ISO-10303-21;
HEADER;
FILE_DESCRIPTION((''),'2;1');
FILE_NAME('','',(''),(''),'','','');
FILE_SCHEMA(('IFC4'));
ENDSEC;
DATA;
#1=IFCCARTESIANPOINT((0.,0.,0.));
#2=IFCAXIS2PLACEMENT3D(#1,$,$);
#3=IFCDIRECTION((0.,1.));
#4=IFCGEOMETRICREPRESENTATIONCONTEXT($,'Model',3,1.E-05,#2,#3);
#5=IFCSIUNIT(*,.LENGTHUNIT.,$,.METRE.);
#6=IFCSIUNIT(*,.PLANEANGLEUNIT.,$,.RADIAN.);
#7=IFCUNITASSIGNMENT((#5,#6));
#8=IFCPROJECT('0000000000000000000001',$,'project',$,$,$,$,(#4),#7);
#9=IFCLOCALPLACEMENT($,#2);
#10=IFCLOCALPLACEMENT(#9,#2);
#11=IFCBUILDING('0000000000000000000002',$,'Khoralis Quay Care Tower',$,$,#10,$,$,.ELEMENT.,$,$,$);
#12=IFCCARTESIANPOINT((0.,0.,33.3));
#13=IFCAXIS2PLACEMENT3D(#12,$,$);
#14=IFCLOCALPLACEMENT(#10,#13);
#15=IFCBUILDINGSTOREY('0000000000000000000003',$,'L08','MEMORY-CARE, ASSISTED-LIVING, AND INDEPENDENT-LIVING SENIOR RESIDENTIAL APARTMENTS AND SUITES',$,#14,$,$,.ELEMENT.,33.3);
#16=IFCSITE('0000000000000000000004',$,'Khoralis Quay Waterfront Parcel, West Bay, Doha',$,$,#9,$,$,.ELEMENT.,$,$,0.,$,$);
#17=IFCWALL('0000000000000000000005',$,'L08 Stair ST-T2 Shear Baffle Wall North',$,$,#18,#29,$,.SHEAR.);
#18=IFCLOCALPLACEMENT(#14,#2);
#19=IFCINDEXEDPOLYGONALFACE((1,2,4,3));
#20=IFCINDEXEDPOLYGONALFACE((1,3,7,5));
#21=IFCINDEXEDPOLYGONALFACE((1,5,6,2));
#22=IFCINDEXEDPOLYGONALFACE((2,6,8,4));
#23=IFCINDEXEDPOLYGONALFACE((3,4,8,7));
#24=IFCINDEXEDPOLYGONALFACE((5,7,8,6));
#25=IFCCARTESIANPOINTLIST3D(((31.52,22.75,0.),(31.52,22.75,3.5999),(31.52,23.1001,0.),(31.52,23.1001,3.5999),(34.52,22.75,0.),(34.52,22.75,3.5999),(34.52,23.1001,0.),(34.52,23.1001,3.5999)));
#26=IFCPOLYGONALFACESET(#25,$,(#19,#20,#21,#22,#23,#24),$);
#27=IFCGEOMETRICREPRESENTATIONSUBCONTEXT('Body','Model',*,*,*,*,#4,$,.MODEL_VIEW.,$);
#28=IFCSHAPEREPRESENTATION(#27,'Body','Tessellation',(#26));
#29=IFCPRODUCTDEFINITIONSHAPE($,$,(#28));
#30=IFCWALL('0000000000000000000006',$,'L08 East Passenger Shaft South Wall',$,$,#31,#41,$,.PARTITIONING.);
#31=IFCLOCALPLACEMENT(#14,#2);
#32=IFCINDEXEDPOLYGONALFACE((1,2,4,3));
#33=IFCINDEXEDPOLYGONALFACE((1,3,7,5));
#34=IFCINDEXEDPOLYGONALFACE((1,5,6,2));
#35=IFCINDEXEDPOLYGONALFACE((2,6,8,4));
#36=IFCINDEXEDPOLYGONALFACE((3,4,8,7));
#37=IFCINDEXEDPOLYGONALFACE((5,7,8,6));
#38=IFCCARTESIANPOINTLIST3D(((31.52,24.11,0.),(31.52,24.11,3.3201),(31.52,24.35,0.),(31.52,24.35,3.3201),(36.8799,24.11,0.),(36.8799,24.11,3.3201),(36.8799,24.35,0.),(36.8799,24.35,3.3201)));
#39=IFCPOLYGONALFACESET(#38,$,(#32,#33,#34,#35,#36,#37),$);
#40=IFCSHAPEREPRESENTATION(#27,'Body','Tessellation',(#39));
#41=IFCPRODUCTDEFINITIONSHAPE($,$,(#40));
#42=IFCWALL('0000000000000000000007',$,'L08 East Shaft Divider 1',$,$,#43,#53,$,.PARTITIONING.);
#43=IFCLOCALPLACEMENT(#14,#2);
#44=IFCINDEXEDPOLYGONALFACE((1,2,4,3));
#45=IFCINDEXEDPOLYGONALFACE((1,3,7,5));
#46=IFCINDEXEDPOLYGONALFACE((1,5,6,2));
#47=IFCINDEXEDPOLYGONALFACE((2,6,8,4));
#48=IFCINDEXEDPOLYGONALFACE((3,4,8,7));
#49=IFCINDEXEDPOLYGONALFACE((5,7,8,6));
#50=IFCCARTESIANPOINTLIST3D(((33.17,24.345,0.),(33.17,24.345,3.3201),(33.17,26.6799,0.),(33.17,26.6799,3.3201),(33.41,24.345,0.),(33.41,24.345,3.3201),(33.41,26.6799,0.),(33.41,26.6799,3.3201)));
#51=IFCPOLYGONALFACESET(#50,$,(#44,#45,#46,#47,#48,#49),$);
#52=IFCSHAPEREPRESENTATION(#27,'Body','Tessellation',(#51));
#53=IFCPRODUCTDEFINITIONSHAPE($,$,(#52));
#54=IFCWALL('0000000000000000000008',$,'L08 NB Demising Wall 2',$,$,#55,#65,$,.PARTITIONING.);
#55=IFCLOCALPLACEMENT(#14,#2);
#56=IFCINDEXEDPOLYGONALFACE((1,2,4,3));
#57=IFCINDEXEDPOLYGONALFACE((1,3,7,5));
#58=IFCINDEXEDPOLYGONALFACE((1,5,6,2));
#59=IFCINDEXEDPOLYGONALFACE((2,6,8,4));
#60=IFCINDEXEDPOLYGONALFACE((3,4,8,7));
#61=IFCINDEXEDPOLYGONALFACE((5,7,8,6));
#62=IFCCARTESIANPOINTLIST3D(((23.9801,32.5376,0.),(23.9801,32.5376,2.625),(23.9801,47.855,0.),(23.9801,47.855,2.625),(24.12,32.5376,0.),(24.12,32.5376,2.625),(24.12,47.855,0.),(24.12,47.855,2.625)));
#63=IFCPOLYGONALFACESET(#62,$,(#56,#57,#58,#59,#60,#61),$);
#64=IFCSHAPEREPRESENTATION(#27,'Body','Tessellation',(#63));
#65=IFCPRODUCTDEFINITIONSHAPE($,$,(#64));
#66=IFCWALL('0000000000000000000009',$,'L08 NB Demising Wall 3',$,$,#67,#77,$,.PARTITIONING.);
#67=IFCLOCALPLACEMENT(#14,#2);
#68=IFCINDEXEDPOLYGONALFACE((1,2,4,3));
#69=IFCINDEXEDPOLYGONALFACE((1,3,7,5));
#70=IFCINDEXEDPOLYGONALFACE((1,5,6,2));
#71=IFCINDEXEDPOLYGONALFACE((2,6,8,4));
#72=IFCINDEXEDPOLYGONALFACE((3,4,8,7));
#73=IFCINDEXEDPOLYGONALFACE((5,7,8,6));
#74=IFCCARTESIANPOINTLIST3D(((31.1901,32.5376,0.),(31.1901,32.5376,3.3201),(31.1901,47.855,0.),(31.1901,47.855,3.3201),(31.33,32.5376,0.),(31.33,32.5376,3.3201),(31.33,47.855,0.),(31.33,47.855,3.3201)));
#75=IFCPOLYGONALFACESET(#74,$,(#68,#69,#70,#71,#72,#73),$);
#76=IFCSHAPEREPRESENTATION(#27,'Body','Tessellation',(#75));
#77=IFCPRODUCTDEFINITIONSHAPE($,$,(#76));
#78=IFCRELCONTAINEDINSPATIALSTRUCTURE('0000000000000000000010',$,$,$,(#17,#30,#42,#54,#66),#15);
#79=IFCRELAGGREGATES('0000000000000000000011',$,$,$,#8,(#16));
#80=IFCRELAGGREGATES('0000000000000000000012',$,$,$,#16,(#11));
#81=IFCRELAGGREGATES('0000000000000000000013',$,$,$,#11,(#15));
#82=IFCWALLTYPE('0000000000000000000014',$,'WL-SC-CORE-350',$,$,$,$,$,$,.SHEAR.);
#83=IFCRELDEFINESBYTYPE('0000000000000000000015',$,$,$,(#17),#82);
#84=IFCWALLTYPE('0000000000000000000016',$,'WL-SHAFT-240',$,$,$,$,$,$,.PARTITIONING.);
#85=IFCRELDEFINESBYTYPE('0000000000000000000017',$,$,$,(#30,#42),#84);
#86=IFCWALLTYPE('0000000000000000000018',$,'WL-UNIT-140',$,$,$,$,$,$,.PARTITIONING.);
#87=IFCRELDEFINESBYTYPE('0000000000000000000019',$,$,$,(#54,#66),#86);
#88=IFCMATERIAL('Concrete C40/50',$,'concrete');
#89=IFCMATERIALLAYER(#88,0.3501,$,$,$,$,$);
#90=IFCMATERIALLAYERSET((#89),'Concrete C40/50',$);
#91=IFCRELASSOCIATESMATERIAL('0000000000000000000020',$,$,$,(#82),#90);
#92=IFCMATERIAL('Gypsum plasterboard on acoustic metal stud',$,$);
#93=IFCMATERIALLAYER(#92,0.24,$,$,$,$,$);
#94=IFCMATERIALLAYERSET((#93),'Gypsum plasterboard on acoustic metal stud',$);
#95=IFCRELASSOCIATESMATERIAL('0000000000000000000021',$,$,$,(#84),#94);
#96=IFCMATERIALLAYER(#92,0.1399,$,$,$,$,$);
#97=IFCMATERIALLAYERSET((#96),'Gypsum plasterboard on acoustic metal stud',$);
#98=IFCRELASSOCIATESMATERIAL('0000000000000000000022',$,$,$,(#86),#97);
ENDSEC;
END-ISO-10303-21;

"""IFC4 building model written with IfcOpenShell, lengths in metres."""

from ifc_helpers import new_model, si_unit, direction, frame, frame_2d, origin, place, context, subcontext, project, spatial, rectangle, extrude, material, layer, layer_set, type_object, element, save


model = new_model("IFC4")

# Units and contexts
model_context = context("Model", 3, precision=1e-05, world=origin(), true_north=direction((0.0, 1.0)))
body_context = subcontext(model_context, "Body", "Model", "MODEL_VIEW")
ifc_project = project(units=[si_unit("LENGTHUNIT", "METRE"), si_unit("PLANEANGLEUNIT", "RADIAN")], contexts=[model_context])

# Site, building, storey
site_placement = place(None, origin())
site = spatial("IfcSite", under=ifc_project, at=site_placement, Name="Khoralis Quay Waterfront Parcel, West Bay, Doha", CompositionType="ELEMENT", RefElevation=0.0)
building_placement = place(site_placement, origin())
building = spatial("IfcBuilding", under=site, at=building_placement, Name="Khoralis Quay Care Tower", CompositionType="ELEMENT")
storey_placement = place(building_placement, frame((0.0, 0.0, 33.3)))
storey = spatial("IfcBuildingStorey", under=building, at=storey_placement, Name="L08", Description="MEMORY-CARE, ASSISTED-LIVING, AND INDEPENDENT-LIVING SENIOR RESIDENTIAL APARTMENTS AND SUITES", CompositionType="ELEMENT", Elevation=33.3)

# Shared definitions
ifc_material_1 = material(Name="Gypsum plasterboard on acoustic metal stud")

# Walls
ifc_material_2 = material(Name="Concrete C40/50", Category="concrete")
ifc_layer_1 = layer(ifc_material_2, 0.3501)
ifc_layer_set_1 = layer_set([ifc_layer_1], Name="Concrete C40/50")
wall_type_1 = type_object("IfcWallType", Name="WL-SC-CORE-350", PredefinedType="SHEAR", material=ifc_layer_set_1)
wall_1_placement = place(storey_placement, frame((31.52, 22.925, 0.0), z_axis=(0.0, 0.0, 1.0), x_axis=(1.0, 0.0, 0.0)))
element("IfcWall", 1, at=wall_1_placement, inside=storey, type_object=wall_type_1, Name="L08 Stair ST-T2 Shear Baffle Wall North", PredefinedType="SHEAR", context=body_context, shape_type="SweptSolid", body=[
    extrude(rectangle(XDim=3.0, YDim=0.3501, at=frame_2d((1.5, 0.0))), origin(), (0.0, 0.0, 1.0), 3.5999),
])
ifc_layer_2 = layer(ifc_material_1, 0.24)
ifc_layer_set_2 = layer_set([ifc_layer_2], Name="Gypsum plasterboard on acoustic metal stud")
wall_type_2 = type_object("IfcWallType", Name="WL-SHAFT-240", PredefinedType="PARTITIONING", material=ifc_layer_set_2)
wall_2_placement = place(storey_placement, frame((31.52, 24.23, 0.0), z_axis=(0.0, 0.0, 1.0), x_axis=(1.0, 0.0, 0.0)))
element("IfcWall", 2, at=wall_2_placement, inside=storey, type_object=wall_type_2, Name="L08 East Passenger Shaft South Wall", PredefinedType="PARTITIONING", context=body_context, shape_type="SweptSolid", body=[
    extrude(rectangle(XDim=5.3599, YDim=0.24, at=frame_2d((2.6799, 0.0))), origin(), (0.0, 0.0, 1.0), 3.3201),
])
wall_3_placement = place(storey_placement, frame((33.29, 24.345, 0.0), z_axis=(0.0, 0.0, 1.0), x_axis=(0.0, 1.0, 0.0)))
element("IfcWall", 3, at=wall_3_placement, inside=storey, type_object=wall_type_2, Name="L08 East Shaft Divider 1", PredefinedType="PARTITIONING", context=body_context, shape_type="SweptSolid", body=[
    extrude(rectangle(XDim=2.335, YDim=0.24, at=frame_2d((1.1675, 0.0))), origin(), (0.0, 0.0, 1.0), 3.3201),
])
ifc_layer_3 = layer(ifc_material_1, 0.1399)
ifc_layer_set_3 = layer_set([ifc_layer_3], Name="Gypsum plasterboard on acoustic metal stud")
wall_type_3 = type_object("IfcWallType", Name="WL-UNIT-140", PredefinedType="PARTITIONING", material=ifc_layer_set_3)
wall_4_placement = place(storey_placement, frame((24.05, 32.5376, 0.0), z_axis=(0.0, 0.0, 1.0), x_axis=(0.0, 1.0, 0.0)))
element("IfcWall", 4, at=wall_4_placement, inside=storey, type_object=wall_type_3, Name="L08 NB Demising Wall 2", PredefinedType="PARTITIONING", context=body_context, shape_type="SweptSolid", body=[
    extrude(rectangle(XDim=15.3174, YDim=0.1399, at=frame_2d((7.6587, 0.0))), origin(), (0.0, 0.0, 1.0), 2.625),
])
wall_5_placement = place(storey_placement, frame((31.26, 32.5376, 0.0), z_axis=(0.0, 0.0, 1.0), x_axis=(0.0, 1.0, 0.0)))
element("IfcWall", 5, at=wall_5_placement, inside=storey, type_object=wall_type_3, Name="L08 NB Demising Wall 3", PredefinedType="PARTITIONING", context=body_context, shape_type="SweptSolid", body=[
    extrude(rectangle(XDim=15.3174, YDim=0.1399, at=frame_2d((7.6587, 0.0))), origin(), (0.0, 0.0, 1.0), 3.3201),
])

save(model, "model.ifc")
